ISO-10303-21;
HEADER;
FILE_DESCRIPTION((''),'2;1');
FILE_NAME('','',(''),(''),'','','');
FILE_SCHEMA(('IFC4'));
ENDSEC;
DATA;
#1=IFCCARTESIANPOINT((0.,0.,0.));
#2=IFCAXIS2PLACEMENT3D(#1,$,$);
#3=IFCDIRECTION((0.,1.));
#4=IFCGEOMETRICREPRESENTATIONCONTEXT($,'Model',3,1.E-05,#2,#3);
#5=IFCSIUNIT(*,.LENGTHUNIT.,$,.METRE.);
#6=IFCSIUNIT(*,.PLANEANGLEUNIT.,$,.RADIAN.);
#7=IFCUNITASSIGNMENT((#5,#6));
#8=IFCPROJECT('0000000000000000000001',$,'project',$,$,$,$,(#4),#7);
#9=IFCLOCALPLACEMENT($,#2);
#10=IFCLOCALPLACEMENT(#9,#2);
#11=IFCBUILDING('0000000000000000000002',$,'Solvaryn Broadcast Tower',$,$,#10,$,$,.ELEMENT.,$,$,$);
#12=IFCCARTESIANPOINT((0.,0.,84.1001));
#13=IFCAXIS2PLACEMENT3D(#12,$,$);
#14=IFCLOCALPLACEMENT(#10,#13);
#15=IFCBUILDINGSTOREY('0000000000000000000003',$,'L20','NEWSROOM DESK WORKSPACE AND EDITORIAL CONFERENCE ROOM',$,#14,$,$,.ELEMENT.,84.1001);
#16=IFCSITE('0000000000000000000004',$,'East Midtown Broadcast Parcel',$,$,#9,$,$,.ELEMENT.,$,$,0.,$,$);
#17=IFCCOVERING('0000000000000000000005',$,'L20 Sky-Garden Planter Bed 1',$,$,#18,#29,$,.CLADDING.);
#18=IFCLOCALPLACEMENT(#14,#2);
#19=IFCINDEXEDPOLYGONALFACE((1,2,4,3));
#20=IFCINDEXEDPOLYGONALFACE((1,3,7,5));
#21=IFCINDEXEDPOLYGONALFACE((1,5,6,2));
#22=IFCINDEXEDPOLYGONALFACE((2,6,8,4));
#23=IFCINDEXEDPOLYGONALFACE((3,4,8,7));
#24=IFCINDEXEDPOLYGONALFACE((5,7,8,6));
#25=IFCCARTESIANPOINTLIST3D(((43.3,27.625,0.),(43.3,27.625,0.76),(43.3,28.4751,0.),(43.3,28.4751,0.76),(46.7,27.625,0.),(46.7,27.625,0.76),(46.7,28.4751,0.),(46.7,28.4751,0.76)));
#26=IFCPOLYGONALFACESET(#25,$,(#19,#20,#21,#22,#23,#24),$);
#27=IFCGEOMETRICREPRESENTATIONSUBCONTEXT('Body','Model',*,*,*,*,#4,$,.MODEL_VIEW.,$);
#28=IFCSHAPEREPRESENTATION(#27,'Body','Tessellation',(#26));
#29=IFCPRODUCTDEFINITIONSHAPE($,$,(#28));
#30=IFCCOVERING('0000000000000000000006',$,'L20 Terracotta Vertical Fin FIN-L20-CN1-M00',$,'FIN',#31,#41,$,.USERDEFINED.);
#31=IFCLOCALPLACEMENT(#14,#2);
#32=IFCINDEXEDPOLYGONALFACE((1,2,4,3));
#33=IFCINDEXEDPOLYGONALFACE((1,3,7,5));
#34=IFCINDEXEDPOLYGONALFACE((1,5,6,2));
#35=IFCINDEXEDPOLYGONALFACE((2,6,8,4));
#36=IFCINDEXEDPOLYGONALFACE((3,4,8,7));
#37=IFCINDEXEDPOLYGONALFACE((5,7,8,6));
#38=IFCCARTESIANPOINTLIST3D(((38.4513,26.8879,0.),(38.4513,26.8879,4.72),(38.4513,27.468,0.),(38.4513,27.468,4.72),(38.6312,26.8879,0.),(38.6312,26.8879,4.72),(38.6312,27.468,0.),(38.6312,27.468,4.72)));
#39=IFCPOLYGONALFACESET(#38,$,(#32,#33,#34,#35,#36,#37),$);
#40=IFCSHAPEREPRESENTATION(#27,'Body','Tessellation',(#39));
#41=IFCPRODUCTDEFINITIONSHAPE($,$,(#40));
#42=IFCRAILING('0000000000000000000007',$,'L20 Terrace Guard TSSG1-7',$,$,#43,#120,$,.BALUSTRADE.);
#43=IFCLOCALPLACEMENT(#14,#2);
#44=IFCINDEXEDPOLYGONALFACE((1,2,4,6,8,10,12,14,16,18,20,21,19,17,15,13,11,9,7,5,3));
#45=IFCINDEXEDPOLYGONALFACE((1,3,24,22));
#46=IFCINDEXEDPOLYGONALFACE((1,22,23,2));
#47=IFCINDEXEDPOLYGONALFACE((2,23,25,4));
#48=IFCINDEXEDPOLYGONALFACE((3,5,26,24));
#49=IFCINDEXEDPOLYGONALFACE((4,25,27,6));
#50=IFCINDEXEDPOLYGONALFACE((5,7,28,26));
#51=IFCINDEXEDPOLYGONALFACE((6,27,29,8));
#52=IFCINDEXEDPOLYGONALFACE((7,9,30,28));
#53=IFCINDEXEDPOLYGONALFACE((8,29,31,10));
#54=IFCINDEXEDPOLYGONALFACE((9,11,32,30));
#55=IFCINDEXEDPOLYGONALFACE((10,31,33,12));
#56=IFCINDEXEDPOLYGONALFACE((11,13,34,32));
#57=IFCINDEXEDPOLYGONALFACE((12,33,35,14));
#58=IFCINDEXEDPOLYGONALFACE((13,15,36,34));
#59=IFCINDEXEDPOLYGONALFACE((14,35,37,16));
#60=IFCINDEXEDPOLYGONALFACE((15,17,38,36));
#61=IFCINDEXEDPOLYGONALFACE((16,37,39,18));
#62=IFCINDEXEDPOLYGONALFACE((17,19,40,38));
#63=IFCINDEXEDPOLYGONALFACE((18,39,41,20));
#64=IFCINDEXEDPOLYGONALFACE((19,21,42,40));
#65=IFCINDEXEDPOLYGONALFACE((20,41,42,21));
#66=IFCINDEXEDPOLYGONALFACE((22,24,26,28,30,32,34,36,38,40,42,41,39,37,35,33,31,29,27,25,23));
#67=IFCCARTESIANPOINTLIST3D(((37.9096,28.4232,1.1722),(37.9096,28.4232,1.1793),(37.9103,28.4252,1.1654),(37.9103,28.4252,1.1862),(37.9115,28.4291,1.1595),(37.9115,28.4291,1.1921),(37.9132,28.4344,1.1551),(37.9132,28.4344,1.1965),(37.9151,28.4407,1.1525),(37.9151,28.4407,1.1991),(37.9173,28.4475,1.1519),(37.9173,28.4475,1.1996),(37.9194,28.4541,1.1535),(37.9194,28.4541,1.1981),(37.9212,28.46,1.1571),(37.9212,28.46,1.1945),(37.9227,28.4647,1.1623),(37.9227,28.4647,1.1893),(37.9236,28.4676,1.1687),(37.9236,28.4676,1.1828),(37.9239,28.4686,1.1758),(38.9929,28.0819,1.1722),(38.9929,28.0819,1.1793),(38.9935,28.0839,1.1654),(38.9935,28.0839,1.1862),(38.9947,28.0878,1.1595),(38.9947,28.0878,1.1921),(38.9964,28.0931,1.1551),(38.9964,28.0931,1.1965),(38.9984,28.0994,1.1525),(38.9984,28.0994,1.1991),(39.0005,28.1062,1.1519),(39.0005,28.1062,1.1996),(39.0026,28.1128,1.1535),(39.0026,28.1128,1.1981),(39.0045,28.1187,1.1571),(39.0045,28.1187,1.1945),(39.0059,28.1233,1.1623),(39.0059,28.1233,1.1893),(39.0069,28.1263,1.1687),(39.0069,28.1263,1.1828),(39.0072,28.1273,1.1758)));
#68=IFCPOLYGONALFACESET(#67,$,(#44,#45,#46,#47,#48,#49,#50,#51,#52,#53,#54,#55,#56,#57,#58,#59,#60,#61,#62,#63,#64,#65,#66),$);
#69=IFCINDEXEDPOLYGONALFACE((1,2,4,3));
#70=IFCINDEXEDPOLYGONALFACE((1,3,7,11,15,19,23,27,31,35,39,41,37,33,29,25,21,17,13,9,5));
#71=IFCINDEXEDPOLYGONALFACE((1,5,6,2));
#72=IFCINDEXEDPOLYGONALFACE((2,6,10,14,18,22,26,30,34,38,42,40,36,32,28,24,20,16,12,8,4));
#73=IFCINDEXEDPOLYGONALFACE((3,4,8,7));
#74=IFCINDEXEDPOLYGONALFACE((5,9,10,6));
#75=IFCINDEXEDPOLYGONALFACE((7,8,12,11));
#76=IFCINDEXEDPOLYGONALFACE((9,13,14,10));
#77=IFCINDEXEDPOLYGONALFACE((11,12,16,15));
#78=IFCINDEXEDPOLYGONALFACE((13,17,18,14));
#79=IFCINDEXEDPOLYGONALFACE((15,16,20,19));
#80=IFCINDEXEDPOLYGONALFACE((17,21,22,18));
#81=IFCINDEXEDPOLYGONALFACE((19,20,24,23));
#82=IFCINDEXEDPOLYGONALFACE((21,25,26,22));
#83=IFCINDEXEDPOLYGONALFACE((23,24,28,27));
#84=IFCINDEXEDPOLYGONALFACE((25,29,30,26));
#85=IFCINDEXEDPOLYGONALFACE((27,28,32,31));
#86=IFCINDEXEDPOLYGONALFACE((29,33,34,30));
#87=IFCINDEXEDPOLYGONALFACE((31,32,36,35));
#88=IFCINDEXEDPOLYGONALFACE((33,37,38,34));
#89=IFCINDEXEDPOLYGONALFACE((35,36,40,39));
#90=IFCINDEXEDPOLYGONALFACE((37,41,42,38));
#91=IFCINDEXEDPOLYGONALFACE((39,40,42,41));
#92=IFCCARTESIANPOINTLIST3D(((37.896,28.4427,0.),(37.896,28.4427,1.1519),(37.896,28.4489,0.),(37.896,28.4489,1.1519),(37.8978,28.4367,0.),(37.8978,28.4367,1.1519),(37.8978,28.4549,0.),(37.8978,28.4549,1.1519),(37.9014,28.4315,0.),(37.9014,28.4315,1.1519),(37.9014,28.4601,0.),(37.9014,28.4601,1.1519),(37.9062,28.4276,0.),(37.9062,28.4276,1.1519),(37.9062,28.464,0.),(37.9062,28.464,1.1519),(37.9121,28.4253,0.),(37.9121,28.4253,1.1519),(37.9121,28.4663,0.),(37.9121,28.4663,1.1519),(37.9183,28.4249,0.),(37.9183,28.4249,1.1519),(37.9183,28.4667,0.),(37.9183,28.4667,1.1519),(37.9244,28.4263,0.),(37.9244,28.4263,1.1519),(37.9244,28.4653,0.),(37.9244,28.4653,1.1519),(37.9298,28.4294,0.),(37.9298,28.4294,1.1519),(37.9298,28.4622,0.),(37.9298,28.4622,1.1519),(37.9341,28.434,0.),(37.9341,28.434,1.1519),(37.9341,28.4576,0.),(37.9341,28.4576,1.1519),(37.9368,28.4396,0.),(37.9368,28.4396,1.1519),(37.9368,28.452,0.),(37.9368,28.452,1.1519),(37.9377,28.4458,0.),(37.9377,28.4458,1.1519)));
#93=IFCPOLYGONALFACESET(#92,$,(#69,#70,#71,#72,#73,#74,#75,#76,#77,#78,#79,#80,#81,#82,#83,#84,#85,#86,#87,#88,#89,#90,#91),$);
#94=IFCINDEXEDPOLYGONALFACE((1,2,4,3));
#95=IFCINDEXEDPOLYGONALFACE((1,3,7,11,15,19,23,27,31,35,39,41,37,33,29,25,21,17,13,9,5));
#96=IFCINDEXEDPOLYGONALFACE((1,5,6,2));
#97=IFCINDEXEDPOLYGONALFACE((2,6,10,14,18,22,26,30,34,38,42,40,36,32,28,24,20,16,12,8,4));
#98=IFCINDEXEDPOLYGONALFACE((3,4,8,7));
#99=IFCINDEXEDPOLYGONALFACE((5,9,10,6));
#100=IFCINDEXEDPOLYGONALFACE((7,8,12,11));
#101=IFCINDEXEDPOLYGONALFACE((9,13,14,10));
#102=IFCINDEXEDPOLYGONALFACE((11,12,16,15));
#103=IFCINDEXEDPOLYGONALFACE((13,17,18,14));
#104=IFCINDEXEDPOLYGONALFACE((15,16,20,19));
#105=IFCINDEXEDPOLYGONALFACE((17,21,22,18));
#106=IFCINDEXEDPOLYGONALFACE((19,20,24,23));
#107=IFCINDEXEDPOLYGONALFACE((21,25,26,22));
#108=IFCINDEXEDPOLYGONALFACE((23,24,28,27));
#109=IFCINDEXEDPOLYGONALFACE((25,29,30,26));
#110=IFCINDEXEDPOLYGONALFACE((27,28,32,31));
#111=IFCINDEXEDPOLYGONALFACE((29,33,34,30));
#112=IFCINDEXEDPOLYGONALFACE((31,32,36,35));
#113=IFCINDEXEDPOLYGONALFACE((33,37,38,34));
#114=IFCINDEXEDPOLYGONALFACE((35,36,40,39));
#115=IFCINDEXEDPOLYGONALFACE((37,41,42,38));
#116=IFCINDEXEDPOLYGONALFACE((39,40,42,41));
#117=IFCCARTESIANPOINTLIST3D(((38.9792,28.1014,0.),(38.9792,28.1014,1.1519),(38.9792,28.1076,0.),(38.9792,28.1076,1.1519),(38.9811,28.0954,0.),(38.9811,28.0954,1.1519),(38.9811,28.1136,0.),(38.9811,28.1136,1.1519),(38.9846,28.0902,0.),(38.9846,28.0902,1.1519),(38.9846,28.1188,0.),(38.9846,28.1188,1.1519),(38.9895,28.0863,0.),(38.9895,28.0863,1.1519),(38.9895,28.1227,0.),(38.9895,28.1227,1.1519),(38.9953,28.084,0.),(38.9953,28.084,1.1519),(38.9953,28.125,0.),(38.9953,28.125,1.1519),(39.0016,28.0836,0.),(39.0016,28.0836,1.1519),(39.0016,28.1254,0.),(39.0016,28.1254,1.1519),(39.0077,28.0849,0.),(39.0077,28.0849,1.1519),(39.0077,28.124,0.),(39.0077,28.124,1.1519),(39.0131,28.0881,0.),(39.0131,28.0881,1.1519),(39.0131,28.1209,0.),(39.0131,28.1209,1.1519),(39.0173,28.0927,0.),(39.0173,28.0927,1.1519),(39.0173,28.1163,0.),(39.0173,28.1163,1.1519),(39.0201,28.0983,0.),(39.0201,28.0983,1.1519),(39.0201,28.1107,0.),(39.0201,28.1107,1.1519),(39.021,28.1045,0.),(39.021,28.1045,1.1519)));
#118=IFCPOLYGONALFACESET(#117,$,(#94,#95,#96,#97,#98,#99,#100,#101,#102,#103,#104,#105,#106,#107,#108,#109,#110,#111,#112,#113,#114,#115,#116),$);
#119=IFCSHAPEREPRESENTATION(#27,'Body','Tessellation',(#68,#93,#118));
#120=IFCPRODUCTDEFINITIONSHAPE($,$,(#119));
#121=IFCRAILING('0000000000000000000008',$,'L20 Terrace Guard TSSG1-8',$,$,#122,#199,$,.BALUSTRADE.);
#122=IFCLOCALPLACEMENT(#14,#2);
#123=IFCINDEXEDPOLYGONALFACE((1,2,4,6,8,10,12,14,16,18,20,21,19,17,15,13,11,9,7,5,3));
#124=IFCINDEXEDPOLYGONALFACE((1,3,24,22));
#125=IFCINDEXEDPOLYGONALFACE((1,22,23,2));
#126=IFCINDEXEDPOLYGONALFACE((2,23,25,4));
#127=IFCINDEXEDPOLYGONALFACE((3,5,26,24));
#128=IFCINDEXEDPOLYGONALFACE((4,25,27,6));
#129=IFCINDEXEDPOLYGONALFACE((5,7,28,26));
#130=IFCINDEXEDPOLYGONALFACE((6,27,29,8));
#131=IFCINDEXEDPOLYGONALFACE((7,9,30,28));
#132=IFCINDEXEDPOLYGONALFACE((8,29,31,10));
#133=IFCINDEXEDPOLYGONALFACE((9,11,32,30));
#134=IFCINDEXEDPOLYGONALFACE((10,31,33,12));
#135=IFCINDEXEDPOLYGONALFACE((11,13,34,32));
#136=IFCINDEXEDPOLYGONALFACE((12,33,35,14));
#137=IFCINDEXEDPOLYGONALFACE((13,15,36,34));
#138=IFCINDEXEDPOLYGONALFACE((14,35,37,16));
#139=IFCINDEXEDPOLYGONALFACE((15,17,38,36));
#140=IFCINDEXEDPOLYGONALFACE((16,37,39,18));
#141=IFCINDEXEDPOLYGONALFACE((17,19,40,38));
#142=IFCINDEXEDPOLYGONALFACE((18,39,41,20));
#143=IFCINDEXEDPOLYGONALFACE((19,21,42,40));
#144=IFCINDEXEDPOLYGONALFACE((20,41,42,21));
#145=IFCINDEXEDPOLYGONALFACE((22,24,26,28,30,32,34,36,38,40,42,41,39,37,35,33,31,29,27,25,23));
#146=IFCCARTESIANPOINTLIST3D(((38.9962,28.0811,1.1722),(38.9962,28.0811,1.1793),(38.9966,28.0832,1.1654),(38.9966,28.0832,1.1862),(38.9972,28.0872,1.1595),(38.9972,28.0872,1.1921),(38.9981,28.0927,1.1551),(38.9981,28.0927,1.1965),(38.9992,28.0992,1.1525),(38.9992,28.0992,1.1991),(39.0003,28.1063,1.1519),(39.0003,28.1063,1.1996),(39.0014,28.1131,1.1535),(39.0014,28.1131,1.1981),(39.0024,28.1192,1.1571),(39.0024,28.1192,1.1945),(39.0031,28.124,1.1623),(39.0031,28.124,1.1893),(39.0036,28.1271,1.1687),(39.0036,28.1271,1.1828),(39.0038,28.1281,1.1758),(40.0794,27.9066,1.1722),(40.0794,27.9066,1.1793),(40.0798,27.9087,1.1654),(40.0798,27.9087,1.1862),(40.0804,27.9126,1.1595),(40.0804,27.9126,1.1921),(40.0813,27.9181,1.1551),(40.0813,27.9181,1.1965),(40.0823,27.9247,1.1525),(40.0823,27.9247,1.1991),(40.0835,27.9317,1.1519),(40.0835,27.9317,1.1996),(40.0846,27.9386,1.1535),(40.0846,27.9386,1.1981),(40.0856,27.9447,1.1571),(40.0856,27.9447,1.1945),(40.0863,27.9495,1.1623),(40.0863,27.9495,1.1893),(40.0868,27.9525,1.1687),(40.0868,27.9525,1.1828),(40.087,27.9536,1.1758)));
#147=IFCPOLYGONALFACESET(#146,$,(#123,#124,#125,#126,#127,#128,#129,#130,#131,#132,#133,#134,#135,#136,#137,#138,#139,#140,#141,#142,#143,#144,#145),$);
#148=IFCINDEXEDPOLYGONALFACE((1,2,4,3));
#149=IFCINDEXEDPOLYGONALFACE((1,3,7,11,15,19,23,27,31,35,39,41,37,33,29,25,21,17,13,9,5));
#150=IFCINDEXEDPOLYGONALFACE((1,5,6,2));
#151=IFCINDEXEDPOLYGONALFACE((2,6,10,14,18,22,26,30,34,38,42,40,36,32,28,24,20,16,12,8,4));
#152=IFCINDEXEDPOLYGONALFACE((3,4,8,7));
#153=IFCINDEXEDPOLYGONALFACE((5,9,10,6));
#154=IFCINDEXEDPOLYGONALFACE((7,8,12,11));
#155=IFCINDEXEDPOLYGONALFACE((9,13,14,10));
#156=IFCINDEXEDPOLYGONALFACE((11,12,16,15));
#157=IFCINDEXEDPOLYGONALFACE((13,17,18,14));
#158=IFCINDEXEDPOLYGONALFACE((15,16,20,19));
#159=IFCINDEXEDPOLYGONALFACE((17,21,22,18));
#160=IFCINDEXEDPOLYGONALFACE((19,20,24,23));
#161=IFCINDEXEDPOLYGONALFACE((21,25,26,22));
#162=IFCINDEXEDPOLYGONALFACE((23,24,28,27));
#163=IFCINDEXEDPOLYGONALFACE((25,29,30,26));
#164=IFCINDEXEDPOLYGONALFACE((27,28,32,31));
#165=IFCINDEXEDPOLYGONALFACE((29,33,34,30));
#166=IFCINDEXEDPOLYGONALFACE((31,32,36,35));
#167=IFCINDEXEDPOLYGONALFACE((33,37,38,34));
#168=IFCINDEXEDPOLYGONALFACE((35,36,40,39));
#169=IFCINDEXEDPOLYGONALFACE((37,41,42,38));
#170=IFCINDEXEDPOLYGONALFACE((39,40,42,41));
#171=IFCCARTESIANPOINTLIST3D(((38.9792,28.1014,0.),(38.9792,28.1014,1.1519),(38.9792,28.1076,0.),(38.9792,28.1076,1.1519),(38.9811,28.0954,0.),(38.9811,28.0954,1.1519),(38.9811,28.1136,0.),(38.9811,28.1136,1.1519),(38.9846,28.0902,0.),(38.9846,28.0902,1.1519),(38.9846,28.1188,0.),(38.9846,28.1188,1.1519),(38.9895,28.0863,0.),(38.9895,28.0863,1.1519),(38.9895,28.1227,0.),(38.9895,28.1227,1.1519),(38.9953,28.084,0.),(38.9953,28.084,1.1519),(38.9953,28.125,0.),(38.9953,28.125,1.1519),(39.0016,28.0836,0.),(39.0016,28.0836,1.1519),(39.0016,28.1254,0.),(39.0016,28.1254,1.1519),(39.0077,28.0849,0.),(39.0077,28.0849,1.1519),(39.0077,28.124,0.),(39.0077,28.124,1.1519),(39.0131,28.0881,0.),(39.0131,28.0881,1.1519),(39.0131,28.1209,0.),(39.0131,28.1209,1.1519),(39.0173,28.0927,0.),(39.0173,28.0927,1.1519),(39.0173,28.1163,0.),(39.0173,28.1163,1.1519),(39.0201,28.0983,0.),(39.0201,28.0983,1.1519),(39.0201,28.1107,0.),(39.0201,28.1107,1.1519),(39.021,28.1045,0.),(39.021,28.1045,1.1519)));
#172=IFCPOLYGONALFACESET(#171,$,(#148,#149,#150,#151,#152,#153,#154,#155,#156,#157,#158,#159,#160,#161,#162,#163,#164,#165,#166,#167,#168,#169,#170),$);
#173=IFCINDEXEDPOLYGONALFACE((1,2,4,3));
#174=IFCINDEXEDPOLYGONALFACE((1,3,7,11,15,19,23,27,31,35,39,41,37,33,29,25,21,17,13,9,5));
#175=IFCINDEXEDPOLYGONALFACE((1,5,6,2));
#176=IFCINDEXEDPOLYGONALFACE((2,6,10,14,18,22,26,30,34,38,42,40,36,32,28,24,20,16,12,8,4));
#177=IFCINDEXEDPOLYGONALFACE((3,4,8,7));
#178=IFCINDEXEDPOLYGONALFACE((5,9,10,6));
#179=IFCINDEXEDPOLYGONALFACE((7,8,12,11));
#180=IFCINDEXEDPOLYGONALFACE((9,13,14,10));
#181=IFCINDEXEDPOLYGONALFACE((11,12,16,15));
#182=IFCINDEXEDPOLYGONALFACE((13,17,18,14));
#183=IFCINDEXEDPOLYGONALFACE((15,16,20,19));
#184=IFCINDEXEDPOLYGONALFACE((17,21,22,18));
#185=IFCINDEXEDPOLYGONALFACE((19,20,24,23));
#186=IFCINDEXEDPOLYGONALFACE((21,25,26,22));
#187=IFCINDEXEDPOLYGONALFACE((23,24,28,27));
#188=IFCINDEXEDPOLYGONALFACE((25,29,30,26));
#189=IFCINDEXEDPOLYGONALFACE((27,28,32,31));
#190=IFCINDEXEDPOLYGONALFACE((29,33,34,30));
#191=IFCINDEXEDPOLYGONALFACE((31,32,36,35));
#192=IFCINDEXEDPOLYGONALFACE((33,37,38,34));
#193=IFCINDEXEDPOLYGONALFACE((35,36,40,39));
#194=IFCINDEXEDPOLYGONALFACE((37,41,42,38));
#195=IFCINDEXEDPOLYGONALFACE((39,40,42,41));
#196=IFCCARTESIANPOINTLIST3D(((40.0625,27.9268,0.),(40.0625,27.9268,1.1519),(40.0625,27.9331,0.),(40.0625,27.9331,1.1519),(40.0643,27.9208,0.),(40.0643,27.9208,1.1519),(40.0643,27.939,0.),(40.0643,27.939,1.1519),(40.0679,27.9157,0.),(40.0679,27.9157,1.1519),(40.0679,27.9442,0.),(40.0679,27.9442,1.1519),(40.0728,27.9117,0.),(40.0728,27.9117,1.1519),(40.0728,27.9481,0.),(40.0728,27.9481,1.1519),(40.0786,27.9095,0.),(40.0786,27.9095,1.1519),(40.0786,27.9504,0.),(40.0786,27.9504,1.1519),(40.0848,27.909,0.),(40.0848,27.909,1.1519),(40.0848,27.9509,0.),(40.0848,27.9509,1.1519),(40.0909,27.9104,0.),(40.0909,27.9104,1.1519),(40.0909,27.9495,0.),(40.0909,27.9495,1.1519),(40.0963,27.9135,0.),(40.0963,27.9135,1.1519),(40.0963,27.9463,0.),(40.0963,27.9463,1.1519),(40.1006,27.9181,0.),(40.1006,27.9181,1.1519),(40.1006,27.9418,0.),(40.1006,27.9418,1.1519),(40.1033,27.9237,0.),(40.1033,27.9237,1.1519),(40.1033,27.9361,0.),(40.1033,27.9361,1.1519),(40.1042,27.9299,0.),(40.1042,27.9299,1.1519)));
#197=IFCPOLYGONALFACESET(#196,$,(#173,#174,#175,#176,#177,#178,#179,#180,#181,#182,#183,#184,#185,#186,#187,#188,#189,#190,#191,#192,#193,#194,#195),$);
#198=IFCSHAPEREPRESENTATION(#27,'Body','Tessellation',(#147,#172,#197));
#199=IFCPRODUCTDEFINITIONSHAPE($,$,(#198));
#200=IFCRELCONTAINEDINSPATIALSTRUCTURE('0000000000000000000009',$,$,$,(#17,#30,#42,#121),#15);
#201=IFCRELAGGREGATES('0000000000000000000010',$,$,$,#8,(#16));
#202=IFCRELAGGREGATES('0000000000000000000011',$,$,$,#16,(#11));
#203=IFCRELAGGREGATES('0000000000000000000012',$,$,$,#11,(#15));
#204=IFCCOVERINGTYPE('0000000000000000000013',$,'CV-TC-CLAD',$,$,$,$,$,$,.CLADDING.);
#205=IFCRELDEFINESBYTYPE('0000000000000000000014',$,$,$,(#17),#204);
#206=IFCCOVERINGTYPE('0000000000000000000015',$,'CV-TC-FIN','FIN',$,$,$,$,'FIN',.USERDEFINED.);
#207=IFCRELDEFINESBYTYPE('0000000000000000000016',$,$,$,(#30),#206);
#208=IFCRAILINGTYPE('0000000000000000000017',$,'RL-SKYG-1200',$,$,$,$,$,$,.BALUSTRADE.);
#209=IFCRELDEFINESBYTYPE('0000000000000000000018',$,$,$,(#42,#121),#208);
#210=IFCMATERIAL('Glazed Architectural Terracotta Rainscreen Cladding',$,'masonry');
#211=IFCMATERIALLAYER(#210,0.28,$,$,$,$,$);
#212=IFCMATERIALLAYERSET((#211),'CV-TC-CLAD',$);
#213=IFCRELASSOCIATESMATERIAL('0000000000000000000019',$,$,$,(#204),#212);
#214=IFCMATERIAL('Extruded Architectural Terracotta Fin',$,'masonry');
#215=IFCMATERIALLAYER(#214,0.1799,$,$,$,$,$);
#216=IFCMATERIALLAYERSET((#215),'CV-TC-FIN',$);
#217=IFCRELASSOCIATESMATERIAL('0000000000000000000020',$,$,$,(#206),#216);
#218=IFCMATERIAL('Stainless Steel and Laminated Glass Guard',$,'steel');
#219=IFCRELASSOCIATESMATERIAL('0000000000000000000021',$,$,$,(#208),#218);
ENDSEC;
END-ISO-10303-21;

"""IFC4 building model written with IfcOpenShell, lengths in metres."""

from ifc_helpers import new_model, si_unit, direction, frame, origin, origin_2d, place, context, subcontext, project, spatial, rectangle, circle, extrude, material, layer, layer_set, type_object, element, save


model = new_model("IFC4")

# Units and contexts
model_context = context("Model", 3, precision=1e-05, world=origin(), true_north=direction((0.0, 1.0)))
body_context = subcontext(model_context, "Body", "Model", "MODEL_VIEW")
ifc_project = project(units=[si_unit("LENGTHUNIT", "METRE"), si_unit("PLANEANGLEUNIT", "RADIAN")], contexts=[model_context])

# Site, building, storey
site_placement = place(None, origin())
site = spatial("IfcSite", under=ifc_project, at=site_placement, Name="East Midtown Broadcast Parcel", CompositionType="ELEMENT", RefElevation=0.0)
building_placement = place(site_placement, origin())
building = spatial("IfcBuilding", under=site, at=building_placement, Name="Solvaryn Broadcast Tower", CompositionType="ELEMENT")
storey_placement = place(building_placement, frame((0.0, 0.0, 84.1001)))
storey = spatial("IfcBuildingStorey", under=building, at=storey_placement, Name="L20", Description="NEWSROOM DESK WORKSPACE AND EDITORIAL CONFERENCE ROOM", CompositionType="ELEMENT", Elevation=84.1001)

# Coverings
ifc_material_1 = material(Name="Glazed Architectural Terracotta Rainscreen Cladding", Category="masonry")
ifc_layer_1 = layer(ifc_material_1, 0.28)
ifc_layer_set_1 = layer_set([ifc_layer_1], Name="CV-TC-CLAD")
covering_type_1 = type_object("IfcCoveringType", Name="CV-TC-CLAD", PredefinedType="CLADDING", material=ifc_layer_set_1)
covering_1_placement = place(storey_placement, frame((45.0, 28.05, 0.0), z_axis=(0.0, 0.0, 1.0), x_axis=(1.0, 0.0, 0.0)))
element("IfcCovering", 1, at=covering_1_placement, inside=storey, type_object=covering_type_1, Name="L20 Sky-Garden Planter Bed 1", PredefinedType="CLADDING", context=body_context, shape_type="SweptSolid", body=[
    extrude(rectangle(XDim=3.3999, YDim=0.8501, at=origin_2d()), origin(), (0.0, 0.0, 1.0), 0.76),
])
ifc_material_2 = material(Name="Extruded Architectural Terracotta Fin", Category="masonry")
ifc_layer_2 = layer(ifc_material_2, 0.1799)
ifc_layer_set_2 = layer_set([ifc_layer_2], Name="CV-TC-FIN")
covering_type_2 = type_object("IfcCoveringType", Name="CV-TC-FIN", Description="FIN", ElementType="FIN", PredefinedType="USERDEFINED", material=ifc_layer_set_2)
covering_2_placement = place(storey_placement, frame((38.5413, 27.178, 0.0), z_axis=(0.0, 0.0, 1.0), x_axis=(1.0, 0.0, 0.0)))
element("IfcCovering", 2, at=covering_2_placement, inside=storey, type_object=covering_type_2, Name="L20 Terracotta Vertical Fin FIN-L20-CN1-M00", ObjectType="FIN", PredefinedType="USERDEFINED", context=body_context, shape_type="SweptSolid", body=[
    extrude(rectangle(XDim=0.1799, YDim=0.5801, at=origin_2d()), origin(), (0.0, 0.0, 1.0), 4.72),
])

# Railings
ifc_material_3 = material(Name="Stainless Steel and Laminated Glass Guard", Category="steel")
railing_type = type_object("IfcRailingType", Name="RL-SKYG-1200", PredefinedType="BALUSTRADE", material=ifc_material_3)
railing_1_placement = place(storey_placement, frame((37.9167, 28.4458, 0.0)))
element("IfcRailing", 3, at=railing_1_placement, inside=storey, type_object=railing_type, Name="L20 Terrace Guard TSSG1-7", PredefinedType="BALUSTRADE", context=body_context, shape_type="SweptSolid", body=[
    extrude(circle(Radius=0.0239, at=origin_2d()), frame((0.0, 0.0, 1.1758), z_axis=(0.953777, -0.300514, 0.0), x_axis=(0.300514, 0.953777, 0.0)), (0.0, 0.0, 1.0), 1.1357),
    extrude(circle(Radius=0.021, at=origin_2d()), origin(), (0.0, 0.0, 1.0), 1.1519),
    extrude(circle(Radius=0.021, at=origin_2d()), frame((1.0833, -0.3413, 0.0)), (0.0, 0.0, 1.0), 1.1519),
])
railing_2_placement = place(storey_placement, frame((39.0, 28.1045, 0.0)))
element("IfcRailing", 4, at=railing_2_placement, inside=storey, type_object=railing_type, Name="L20 Terrace Guard TSSG1-8", PredefinedType="BALUSTRADE", context=body_context, shape_type="SweptSolid", body=[
    extrude(circle(Radius=0.0239, at=origin_2d()), frame((0.0, 0.0, 1.1758), z_axis=(0.987264, -0.159093, 0.0), x_axis=(0.159093, 0.987264, 0.0)), (0.0, 0.0, 1.0), 1.0972),
    extrude(circle(Radius=0.021, at=origin_2d()), origin(), (0.0, 0.0, 1.0), 1.1519),
    extrude(circle(Radius=0.021, at=origin_2d()), frame((1.0833, -0.1746, 0.0)), (0.0, 0.0, 1.0), 1.1519),
])

save(model, "model.ifc")
